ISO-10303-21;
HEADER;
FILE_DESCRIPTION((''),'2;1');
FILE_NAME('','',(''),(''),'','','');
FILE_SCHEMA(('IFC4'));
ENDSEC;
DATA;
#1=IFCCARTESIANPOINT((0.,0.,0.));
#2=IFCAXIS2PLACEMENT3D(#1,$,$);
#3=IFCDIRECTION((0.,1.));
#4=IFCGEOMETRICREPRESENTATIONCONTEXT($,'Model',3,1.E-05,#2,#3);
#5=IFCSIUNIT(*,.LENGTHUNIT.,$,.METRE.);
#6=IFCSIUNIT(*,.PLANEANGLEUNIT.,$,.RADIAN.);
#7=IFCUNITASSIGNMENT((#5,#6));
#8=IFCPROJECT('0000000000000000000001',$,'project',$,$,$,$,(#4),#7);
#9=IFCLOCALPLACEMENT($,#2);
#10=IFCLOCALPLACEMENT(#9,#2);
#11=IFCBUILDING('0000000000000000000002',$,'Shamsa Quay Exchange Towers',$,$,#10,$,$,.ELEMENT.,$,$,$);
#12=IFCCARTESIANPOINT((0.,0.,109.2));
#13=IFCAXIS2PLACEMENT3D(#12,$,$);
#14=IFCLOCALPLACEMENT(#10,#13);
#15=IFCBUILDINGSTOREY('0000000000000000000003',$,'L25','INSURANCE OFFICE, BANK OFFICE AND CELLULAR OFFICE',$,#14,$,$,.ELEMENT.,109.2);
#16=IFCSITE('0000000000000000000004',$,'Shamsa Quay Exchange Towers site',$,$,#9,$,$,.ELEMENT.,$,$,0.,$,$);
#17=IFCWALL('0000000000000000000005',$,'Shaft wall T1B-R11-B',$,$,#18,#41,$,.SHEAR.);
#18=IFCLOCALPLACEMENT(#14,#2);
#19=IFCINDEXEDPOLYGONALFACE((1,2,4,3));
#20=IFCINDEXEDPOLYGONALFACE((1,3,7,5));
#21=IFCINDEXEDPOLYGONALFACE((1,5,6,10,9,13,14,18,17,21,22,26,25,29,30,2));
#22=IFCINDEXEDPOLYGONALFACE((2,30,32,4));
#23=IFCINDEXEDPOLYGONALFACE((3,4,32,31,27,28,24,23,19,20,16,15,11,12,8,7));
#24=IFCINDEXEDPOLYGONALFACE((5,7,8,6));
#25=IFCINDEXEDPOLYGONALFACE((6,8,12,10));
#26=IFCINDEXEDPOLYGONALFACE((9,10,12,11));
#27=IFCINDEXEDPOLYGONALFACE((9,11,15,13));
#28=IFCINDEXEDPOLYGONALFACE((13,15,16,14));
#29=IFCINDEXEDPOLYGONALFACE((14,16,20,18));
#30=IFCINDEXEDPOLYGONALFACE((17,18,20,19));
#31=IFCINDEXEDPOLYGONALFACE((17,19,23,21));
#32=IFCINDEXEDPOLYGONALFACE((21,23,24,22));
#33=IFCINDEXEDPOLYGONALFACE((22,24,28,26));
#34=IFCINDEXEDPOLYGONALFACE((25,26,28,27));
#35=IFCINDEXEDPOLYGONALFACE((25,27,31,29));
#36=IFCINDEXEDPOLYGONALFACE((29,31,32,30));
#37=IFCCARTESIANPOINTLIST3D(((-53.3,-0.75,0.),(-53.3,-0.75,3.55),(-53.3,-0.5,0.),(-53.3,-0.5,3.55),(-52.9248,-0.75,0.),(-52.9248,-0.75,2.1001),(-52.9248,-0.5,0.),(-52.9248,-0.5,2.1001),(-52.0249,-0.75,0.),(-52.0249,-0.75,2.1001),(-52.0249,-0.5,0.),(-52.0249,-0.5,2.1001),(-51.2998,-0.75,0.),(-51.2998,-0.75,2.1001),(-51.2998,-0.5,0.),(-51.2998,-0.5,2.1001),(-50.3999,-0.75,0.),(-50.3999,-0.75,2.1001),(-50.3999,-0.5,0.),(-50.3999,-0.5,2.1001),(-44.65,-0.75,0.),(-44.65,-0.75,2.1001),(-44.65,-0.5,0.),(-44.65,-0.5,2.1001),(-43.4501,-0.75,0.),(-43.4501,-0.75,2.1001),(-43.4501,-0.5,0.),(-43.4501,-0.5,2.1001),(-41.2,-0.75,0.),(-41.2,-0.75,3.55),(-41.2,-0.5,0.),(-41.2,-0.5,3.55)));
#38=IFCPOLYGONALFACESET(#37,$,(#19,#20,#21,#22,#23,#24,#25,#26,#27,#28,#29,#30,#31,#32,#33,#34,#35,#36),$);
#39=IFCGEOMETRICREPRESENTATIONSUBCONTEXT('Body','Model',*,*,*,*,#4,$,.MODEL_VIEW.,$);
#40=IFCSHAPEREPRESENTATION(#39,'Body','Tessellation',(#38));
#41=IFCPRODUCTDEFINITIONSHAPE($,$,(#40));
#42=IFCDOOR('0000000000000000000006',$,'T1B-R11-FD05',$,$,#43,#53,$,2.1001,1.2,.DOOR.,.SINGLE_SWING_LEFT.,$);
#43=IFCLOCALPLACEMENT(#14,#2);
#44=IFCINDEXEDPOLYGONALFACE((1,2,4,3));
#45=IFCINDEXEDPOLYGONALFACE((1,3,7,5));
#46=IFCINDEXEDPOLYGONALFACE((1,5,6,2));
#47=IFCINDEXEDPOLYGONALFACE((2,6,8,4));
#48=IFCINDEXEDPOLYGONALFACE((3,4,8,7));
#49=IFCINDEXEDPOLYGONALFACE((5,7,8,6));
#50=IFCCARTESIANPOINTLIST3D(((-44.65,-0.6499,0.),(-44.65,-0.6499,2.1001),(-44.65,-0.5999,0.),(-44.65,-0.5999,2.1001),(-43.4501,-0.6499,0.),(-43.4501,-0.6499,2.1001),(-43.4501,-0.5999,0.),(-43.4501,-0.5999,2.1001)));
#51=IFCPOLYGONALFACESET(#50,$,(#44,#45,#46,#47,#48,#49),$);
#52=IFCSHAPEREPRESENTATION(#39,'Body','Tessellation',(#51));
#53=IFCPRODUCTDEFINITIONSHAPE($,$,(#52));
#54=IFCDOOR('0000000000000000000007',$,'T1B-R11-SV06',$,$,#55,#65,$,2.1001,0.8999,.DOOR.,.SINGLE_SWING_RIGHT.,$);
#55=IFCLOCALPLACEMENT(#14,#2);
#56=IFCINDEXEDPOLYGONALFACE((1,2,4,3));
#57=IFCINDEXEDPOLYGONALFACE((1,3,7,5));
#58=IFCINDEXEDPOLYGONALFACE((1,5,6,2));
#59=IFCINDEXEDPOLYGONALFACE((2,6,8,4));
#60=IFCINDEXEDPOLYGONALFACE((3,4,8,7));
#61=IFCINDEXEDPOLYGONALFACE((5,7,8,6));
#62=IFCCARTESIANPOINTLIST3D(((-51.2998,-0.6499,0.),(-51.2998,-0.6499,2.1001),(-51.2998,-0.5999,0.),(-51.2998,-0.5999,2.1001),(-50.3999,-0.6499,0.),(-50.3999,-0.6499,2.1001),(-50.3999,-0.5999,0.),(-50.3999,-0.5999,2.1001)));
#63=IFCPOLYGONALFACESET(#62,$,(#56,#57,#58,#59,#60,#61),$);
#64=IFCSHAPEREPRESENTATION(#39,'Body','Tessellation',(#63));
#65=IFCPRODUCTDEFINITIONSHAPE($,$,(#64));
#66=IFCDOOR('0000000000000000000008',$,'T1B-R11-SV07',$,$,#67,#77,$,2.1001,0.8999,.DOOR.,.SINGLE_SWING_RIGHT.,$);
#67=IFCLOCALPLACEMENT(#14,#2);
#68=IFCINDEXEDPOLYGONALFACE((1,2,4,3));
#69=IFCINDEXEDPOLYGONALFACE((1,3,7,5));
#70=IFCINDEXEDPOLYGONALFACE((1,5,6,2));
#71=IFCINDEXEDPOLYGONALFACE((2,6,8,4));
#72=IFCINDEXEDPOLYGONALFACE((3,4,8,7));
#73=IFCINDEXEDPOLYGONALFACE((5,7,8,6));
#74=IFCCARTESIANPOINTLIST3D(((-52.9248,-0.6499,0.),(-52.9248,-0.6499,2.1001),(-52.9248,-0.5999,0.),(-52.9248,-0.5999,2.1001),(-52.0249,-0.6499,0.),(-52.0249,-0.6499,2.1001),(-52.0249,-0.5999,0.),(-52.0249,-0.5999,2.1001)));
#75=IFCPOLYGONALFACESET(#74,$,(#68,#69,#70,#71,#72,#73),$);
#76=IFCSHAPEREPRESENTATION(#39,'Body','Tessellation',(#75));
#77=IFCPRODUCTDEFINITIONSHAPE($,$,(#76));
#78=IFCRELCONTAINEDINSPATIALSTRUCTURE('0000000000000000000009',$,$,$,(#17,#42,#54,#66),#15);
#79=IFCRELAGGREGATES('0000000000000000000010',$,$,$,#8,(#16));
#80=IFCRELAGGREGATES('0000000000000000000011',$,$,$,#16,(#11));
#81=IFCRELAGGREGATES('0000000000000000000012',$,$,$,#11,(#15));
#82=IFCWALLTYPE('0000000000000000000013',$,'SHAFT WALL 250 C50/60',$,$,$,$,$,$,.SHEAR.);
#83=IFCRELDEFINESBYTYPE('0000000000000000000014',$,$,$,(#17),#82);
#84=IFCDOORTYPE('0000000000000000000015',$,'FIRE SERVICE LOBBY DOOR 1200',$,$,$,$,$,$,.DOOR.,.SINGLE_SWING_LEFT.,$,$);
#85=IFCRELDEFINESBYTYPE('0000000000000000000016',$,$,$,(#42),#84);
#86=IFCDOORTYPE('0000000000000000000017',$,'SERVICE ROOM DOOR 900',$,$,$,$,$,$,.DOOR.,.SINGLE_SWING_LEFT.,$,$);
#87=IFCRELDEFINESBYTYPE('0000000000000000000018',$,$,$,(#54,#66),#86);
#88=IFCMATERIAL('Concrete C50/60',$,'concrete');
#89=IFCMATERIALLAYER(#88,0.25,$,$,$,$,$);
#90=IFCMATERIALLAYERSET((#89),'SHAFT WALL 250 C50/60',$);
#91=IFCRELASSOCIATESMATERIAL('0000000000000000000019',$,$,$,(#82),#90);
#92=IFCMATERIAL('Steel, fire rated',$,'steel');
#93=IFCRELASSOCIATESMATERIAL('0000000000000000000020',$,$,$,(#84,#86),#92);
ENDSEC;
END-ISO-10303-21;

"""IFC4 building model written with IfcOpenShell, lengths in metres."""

from ifc_helpers import new_model, si_unit, direction, frame, frame_2d, origin, place, context, subcontext, project, spatial, rectangle, extrude, material, layer, layer_set, type_object, element, fill, save


model = new_model("IFC4")

# Units and contexts
model_context = context("Model", 3, precision=1e-05, world=origin(), true_north=direction((0.0, 1.0)))
body_context = subcontext(model_context, "Body", "Model", "MODEL_VIEW")
ifc_project = project(units=[si_unit("LENGTHUNIT", "METRE"), si_unit("PLANEANGLEUNIT", "RADIAN")], contexts=[model_context])

# Site, building, storey
site_placement = place(None, origin())
site = spatial("IfcSite", under=ifc_project, at=site_placement, Name="Shamsa Quay Exchange Towers site", CompositionType="ELEMENT", RefElevation=0.0)
building_placement = place(site_placement, origin())
building = spatial("IfcBuilding", under=site, at=building_placement, Name="Shamsa Quay Exchange Towers", CompositionType="ELEMENT")
storey_placement = place(building_placement, frame((0.0, 0.0, 109.2)))
storey = spatial("IfcBuildingStorey", under=building, at=storey_placement, Name="L25", Description="INSURANCE OFFICE, BANK OFFICE AND CELLULAR OFFICE", CompositionType="ELEMENT", Elevation=109.2)

# Shared definitions
ifc_material_1 = material(Name="Steel, fire rated", Category="steel")

# Shared definitions
ifc_material_2 = material(Name="Concrete C50/60", Category="concrete")
ifc_layer_1 = layer(ifc_material_2, 0.25)
ifc_layer_set_1 = layer_set([ifc_layer_1], Name="SHAFT WALL 250 C50/60")
wall_type_1 = type_object("IfcWallType", Name="SHAFT WALL 250 C50/60", PredefinedType="SHEAR", material=ifc_layer_set_1)

# Wall, openings, doors
wall_1_placement = place(storey_placement, frame((-41.2, -0.625, 0.0), z_axis=(0.0, 0.0, 1.0), x_axis=(-1.0, 0.0, 0.0)))
wall_1 = element("IfcWall", 1, at=wall_1_placement, inside=storey, type_object=wall_type_1, Name="Shaft wall T1B-R11-B", PredefinedType="SHEAR", context=body_context, shape_type="SweptSolid", body=[
    extrude(rectangle(XDim=12.1001, YDim=0.25, at=frame_2d((6.05, 0.0))), origin(), (0.0, 0.0, 1.0), 3.55),
])
opening_1_placement = place(wall_1_placement, frame((2.25, 0.0, 0.0)))
opening_1 = element("IfcOpeningElement", 2, at=opening_1_placement, cuts=wall_1, PredefinedType="OPENING", context=body_context, shape_type="SweptSolid", body=[
    extrude(rectangle(XDim=1.2, YDim=2.1001, at=frame_2d((0.6001, 1.05))), frame((0.0, 0.135, 0.0), z_axis=(0.0, -1.0, 0.0), x_axis=(1.0, 0.0, 0.0)), (0.0, 0.0, 1.0), 0.27),
])
opening_2_placement = place(wall_1_placement, frame((9.2, 0.0, 0.0)))
opening_2 = element("IfcOpeningElement", 3, at=opening_2_placement, cuts=wall_1, PredefinedType="OPENING", context=body_context, shape_type="SweptSolid", body=[
    extrude(rectangle(XDim=0.8999, YDim=2.1001, at=frame_2d((0.45, 1.05))), frame((0.0, 0.135, 0.0), z_axis=(0.0, -1.0, 0.0), x_axis=(1.0, 0.0, 0.0)), (0.0, 0.0, 1.0), 0.27),
])
opening_3_placement = place(wall_1_placement, frame((10.825, 0.0, 0.0)))
opening_3 = element("IfcOpeningElement", 4, at=opening_3_placement, cuts=wall_1, PredefinedType="OPENING", context=body_context, shape_type="SweptSolid", body=[
    extrude(rectangle(XDim=0.8999, YDim=2.1001, at=frame_2d((0.45, 1.05))), frame((0.0, 0.135, 0.0), z_axis=(0.0, -1.0, 0.0), x_axis=(1.0, 0.0, 0.0)), (0.0, 0.0, 1.0), 0.27),
])
door_type_1 = type_object("IfcDoorType", Name="FIRE SERVICE LOBBY DOOR 1200", OperationType="SINGLE_SWING_LEFT", PredefinedType="DOOR", material=ifc_material_1)
door_1_placement = place(opening_1_placement, origin())
door_1 = element("IfcDoor", 5, at=door_1_placement, inside=storey, type_object=door_type_1, Name="T1B-R11-FD05", OperationType="SINGLE_SWING_LEFT", OverallHeight=2.1001, OverallWidth=1.2, PredefinedType="DOOR", context=body_context, shape_type="SweptSolid", body=[
    extrude(rectangle(XDim=1.2, YDim=2.1001, at=frame_2d((0.6001, 1.05))), frame((0.0, 0.0249, 0.0), z_axis=(0.0, -1.0, 0.0), x_axis=(1.0, 0.0, 0.0)), (0.0, 0.0, 1.0), 0.05),
])
fill(opening_1, door_1)
door_type_2 = type_object("IfcDoorType", Name="SERVICE ROOM DOOR 900", OperationType="SINGLE_SWING_LEFT", PredefinedType="DOOR", material=ifc_material_1)
door_2_placement = place(opening_2_placement, origin())
door_2 = element("IfcDoor", 6, at=door_2_placement, inside=storey, type_object=door_type_2, Name="T1B-R11-SV06", OperationType="SINGLE_SWING_RIGHT", OverallHeight=2.1001, OverallWidth=0.8999, PredefinedType="DOOR", context=body_context, shape_type="SweptSolid", body=[
    extrude(rectangle(XDim=0.8999, YDim=2.1001, at=frame_2d((0.45, 1.05))), frame((0.0, 0.0249, 0.0), z_axis=(0.0, -1.0, 0.0), x_axis=(1.0, 0.0, 0.0)), (0.0, 0.0, 1.0), 0.05),
])
fill(opening_2, door_2)
door_3_placement = place(opening_3_placement, origin())
door_3 = element("IfcDoor", 7, at=door_3_placement, inside=storey, type_object=door_type_2, Name="T1B-R11-SV07", OperationType="SINGLE_SWING_RIGHT", OverallHeight=2.1001, OverallWidth=0.8999, PredefinedType="DOOR", context=body_context, shape_type="SweptSolid", body=[
    extrude(rectangle(XDim=0.8999, YDim=2.1001, at=frame_2d((0.45, 1.05))), frame((0.0, 0.0249, 0.0), z_axis=(0.0, -1.0, 0.0), x_axis=(1.0, 0.0, 0.0)), (0.0, 0.0, 1.0), 0.05),
])
fill(opening_3, door_3)

save(model, "model.ifc")
